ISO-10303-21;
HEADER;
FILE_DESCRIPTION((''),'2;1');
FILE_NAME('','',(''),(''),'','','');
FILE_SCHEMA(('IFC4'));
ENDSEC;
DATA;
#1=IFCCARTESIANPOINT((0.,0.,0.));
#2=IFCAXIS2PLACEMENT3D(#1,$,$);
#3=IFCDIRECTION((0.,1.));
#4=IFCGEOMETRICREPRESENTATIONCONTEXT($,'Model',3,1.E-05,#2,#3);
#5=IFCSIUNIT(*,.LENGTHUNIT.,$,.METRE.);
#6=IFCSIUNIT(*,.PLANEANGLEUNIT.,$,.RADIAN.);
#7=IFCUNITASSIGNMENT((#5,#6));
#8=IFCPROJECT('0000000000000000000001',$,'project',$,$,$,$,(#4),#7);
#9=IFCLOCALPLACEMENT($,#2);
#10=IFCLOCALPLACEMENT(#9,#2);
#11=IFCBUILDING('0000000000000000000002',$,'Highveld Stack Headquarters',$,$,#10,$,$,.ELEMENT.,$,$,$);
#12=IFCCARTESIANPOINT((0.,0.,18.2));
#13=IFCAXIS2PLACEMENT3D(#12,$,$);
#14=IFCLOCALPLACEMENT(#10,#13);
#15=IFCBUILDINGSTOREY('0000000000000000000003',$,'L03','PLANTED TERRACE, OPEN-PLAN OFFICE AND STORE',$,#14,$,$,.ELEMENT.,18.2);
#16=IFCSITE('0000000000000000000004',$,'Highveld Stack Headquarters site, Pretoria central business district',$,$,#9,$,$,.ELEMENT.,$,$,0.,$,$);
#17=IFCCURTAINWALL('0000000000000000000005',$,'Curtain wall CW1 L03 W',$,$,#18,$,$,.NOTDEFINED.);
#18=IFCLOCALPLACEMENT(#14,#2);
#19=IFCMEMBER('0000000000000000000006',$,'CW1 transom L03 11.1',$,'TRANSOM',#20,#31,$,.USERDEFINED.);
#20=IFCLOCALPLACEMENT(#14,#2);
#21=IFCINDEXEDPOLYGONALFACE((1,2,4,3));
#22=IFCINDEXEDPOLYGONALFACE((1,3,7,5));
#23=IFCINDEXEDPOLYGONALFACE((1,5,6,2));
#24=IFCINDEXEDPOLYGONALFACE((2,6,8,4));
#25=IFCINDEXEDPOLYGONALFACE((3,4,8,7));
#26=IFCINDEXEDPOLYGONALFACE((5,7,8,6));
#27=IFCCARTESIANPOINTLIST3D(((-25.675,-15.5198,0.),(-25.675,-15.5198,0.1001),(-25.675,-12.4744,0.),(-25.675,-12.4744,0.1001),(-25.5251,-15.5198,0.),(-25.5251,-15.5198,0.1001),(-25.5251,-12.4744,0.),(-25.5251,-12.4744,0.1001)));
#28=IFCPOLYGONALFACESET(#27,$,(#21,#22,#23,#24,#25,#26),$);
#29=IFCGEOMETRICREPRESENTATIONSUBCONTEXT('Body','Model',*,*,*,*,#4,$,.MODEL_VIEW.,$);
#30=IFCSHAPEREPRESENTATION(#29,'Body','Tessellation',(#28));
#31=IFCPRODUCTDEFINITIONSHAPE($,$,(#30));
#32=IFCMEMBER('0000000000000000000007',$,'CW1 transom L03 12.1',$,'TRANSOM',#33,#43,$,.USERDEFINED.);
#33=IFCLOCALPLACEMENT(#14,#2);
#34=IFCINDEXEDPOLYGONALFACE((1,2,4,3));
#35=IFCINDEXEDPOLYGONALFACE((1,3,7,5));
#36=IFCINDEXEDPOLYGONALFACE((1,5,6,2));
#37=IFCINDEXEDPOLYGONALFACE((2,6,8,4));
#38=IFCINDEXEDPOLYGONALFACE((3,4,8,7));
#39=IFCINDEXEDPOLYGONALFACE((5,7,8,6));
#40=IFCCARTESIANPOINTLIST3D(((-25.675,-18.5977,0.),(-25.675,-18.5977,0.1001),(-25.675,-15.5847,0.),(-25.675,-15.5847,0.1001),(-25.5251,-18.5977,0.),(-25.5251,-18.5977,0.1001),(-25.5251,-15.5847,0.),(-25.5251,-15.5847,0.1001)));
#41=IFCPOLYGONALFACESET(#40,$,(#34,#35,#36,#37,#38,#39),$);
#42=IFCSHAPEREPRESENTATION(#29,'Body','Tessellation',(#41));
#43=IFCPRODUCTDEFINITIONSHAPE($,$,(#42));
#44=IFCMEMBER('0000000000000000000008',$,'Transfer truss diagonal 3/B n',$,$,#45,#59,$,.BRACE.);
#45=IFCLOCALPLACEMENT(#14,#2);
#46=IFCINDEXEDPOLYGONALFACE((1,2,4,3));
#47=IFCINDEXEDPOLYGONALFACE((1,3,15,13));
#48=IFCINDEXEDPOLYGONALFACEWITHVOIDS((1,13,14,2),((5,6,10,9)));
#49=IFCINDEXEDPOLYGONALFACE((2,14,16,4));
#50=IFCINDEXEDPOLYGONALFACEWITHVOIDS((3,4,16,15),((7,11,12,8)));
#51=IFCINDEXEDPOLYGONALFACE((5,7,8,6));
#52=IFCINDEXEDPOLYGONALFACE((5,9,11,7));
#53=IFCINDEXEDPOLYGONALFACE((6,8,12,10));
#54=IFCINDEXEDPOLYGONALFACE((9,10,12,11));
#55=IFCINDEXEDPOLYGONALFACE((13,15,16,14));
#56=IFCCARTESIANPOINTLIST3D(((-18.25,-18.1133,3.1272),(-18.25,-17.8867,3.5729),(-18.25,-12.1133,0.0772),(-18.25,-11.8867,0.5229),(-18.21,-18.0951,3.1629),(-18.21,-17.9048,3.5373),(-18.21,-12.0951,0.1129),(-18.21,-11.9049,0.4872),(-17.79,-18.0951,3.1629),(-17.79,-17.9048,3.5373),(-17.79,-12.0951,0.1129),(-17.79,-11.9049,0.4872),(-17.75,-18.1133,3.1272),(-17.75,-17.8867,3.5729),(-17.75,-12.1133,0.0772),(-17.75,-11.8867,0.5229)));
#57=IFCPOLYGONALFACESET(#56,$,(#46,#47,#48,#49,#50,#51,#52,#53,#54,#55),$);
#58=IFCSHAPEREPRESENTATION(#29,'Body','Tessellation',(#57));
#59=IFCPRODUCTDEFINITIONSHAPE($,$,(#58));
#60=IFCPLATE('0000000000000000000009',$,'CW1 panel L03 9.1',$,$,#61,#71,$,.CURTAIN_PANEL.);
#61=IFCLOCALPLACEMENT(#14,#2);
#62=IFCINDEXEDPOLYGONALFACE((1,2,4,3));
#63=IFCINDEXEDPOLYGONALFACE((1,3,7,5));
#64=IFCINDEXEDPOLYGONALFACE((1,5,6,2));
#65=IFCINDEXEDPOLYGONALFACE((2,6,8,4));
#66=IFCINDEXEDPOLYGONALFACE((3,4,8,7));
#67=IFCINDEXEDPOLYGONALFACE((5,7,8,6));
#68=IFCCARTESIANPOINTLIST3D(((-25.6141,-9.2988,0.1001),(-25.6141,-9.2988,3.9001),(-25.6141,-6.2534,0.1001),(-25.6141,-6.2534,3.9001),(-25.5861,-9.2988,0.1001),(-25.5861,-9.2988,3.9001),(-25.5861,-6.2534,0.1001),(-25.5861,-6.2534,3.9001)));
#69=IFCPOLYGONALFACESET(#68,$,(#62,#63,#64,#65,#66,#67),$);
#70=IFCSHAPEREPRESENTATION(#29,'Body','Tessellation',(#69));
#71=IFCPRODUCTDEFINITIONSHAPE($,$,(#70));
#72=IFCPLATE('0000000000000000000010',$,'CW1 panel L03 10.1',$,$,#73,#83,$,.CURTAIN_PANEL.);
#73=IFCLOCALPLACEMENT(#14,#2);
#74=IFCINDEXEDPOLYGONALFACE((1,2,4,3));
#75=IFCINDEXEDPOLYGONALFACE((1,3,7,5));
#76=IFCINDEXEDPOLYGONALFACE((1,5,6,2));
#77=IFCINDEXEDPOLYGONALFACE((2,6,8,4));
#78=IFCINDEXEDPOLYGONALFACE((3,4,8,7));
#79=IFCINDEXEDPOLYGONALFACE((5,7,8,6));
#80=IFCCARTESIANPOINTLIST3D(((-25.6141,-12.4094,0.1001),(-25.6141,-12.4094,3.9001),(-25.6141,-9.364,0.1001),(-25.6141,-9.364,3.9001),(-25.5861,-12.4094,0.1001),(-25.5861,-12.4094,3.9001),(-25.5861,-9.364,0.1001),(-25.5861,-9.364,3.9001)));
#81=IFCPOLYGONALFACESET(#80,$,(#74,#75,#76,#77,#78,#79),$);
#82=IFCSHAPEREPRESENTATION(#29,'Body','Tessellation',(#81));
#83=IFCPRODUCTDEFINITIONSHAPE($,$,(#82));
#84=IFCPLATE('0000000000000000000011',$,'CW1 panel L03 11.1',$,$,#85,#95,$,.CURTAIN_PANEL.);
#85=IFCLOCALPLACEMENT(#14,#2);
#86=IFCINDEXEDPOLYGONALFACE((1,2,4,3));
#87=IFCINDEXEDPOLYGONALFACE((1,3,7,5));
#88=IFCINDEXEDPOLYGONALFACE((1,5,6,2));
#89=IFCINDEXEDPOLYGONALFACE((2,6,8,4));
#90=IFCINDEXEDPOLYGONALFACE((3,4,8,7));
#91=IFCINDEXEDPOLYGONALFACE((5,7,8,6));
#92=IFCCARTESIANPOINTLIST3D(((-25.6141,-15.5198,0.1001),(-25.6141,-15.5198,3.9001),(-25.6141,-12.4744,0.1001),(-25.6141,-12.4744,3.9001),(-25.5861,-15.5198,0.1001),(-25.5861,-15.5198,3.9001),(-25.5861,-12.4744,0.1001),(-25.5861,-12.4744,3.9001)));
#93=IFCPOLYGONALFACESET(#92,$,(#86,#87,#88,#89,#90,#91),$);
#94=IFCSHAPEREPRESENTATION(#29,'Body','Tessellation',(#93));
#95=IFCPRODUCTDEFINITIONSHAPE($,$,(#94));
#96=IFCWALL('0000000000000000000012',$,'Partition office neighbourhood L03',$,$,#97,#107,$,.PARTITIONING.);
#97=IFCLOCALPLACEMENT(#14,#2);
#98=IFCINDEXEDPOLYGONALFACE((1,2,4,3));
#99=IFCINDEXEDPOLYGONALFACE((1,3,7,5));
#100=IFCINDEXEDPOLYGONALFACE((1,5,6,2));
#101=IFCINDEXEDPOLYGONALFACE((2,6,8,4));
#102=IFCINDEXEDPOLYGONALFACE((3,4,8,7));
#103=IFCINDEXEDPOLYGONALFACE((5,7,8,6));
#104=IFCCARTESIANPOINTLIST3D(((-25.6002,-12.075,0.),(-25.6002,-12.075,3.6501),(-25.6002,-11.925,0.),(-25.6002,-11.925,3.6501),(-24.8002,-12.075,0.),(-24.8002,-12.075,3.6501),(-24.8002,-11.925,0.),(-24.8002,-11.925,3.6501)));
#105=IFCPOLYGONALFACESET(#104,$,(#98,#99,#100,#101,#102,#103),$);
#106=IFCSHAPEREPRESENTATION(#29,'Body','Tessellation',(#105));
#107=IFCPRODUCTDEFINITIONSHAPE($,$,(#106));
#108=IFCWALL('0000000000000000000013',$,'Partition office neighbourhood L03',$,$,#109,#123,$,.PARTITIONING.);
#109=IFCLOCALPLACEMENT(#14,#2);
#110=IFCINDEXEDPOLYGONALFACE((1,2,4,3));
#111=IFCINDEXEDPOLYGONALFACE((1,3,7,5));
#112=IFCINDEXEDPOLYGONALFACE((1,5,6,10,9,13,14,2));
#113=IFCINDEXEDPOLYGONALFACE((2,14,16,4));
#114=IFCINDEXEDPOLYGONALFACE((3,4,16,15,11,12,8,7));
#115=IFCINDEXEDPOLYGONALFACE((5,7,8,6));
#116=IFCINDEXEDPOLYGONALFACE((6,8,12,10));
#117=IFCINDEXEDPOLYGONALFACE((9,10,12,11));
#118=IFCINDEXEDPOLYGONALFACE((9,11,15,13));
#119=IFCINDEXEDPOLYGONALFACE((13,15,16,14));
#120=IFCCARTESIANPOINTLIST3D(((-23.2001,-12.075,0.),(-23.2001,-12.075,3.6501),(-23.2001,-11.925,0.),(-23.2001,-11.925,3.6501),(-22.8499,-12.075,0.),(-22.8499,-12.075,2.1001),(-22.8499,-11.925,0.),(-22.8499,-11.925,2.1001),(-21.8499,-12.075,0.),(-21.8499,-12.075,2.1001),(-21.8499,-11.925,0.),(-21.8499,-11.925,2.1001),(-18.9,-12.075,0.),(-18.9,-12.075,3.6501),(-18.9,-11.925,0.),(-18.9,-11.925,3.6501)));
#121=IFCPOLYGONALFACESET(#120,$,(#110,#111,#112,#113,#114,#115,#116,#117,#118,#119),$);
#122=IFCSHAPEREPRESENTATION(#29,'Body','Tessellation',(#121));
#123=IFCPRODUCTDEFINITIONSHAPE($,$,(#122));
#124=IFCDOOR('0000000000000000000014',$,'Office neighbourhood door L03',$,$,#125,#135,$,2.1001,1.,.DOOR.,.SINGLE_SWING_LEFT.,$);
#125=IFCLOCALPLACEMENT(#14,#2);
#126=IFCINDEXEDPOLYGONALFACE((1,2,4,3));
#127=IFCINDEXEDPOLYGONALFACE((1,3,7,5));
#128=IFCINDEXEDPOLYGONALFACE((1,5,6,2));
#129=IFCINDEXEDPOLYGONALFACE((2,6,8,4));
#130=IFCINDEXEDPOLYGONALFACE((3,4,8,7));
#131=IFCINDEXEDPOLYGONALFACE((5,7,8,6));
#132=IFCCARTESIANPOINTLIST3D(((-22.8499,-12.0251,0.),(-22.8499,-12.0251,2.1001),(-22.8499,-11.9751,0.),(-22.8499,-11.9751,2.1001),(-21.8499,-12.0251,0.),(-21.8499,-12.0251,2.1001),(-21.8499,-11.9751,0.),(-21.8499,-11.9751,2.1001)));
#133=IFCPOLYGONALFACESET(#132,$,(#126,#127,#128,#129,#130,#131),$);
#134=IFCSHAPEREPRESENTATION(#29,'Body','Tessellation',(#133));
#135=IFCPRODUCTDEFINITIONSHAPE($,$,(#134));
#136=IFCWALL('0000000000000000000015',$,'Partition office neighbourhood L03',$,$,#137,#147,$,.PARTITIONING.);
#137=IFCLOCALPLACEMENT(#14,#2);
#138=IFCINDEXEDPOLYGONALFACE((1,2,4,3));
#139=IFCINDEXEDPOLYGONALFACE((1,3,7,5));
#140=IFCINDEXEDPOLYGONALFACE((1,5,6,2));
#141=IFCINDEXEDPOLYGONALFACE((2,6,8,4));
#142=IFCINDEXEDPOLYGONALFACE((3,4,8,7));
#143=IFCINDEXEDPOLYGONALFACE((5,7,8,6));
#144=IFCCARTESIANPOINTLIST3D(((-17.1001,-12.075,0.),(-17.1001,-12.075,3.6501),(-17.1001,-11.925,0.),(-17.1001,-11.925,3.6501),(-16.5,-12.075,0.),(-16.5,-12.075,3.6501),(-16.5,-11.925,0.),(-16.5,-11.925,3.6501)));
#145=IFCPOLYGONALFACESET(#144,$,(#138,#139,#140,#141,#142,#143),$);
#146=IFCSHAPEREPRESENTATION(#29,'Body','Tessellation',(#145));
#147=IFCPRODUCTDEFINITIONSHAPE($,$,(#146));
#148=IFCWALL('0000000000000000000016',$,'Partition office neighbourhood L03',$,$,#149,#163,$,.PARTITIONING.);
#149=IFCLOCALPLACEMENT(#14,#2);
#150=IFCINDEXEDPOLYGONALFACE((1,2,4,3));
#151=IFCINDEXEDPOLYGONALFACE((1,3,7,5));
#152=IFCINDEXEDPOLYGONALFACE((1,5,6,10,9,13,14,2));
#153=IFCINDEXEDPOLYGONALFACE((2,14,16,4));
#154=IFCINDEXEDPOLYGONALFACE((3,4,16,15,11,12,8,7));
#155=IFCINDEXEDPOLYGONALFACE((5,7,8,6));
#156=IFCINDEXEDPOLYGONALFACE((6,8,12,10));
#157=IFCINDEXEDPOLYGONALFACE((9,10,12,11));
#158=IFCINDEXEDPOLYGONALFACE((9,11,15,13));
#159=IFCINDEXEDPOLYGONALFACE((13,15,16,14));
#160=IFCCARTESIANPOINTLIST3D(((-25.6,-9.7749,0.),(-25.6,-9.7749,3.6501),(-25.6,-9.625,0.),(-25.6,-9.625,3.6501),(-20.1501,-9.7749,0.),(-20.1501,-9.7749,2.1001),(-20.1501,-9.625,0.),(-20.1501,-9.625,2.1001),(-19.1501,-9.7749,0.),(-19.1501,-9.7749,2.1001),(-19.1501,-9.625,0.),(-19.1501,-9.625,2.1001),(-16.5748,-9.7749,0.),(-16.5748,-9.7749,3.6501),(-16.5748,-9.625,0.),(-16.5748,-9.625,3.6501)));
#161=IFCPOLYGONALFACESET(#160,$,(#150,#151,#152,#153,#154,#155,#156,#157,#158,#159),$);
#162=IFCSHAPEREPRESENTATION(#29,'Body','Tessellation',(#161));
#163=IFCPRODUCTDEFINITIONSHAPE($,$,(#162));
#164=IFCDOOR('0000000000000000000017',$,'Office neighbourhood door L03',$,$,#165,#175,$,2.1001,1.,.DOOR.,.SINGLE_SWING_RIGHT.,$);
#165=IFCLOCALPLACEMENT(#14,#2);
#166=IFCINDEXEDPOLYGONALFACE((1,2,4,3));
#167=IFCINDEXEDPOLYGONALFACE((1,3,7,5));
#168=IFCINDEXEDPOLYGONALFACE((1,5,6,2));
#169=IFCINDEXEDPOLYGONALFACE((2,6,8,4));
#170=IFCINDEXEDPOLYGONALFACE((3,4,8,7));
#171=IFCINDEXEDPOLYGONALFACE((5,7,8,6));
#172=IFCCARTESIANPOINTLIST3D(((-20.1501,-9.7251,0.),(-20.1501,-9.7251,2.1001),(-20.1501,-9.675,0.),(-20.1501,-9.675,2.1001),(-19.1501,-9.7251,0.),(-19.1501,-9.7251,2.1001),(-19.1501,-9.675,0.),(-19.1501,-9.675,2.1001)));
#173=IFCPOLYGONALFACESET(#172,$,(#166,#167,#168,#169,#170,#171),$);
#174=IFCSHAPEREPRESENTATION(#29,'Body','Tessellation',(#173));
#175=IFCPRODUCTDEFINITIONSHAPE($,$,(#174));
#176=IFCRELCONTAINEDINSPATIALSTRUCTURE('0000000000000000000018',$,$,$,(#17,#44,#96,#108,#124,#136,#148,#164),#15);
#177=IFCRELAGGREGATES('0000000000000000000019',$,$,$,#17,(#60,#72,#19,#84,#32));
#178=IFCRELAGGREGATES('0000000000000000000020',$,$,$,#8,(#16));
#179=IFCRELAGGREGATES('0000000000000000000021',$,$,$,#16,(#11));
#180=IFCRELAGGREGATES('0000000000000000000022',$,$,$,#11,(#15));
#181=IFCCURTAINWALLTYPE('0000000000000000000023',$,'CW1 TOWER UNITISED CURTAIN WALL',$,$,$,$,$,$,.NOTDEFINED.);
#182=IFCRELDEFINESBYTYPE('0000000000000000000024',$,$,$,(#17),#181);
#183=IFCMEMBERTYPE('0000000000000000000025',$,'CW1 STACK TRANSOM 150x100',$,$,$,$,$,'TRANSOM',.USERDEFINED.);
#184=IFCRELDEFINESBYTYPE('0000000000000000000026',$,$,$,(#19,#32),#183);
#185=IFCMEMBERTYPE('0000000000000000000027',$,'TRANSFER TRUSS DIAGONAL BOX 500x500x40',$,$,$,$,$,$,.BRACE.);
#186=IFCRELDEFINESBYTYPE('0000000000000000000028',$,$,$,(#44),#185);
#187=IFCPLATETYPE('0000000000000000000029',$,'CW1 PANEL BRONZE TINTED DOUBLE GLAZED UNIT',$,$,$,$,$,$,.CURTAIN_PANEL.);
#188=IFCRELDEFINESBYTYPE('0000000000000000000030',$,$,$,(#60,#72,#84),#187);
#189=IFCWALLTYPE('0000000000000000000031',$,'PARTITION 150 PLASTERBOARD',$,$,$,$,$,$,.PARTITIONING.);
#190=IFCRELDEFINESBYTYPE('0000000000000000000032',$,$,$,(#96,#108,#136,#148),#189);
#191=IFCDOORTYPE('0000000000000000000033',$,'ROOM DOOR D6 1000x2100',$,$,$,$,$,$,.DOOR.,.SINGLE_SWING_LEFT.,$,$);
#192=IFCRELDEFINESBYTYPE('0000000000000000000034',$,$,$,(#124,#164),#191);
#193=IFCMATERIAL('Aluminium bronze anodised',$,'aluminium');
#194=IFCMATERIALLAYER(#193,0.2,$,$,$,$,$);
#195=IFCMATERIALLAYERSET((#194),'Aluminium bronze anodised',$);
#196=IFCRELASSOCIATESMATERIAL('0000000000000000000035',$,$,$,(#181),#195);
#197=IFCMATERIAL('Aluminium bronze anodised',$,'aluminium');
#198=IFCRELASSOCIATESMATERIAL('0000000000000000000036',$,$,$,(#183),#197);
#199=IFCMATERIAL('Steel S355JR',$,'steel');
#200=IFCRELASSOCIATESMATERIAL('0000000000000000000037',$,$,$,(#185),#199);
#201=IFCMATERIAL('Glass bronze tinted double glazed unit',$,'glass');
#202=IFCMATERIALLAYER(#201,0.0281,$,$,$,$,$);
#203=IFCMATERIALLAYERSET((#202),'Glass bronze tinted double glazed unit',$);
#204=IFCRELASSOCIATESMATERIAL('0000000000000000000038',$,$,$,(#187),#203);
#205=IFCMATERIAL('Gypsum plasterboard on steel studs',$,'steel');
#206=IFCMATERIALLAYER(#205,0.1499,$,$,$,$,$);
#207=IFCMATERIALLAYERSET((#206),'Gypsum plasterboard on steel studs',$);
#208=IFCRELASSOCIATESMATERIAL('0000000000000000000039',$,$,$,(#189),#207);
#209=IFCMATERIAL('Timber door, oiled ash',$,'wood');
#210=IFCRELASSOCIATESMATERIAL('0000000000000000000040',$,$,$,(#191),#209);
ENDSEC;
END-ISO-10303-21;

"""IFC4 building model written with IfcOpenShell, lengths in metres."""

from ifc_helpers import new_model, si_unit, direction, frame, frame_2d, origin, origin_2d, place, context, subcontext, project, spatial, rectangle, hollow_rectangle, extrude, material, layer, layer_set, material_profile, profile_set, type_object, element, fill, aggregate, save


model = new_model("IFC4")

# Units and contexts
model_context = context("Model", 3, precision=1e-05, world=origin(), true_north=direction((0.0, 1.0)))
body_context = subcontext(model_context, "Body", "Model", "MODEL_VIEW")
ifc_project = project(units=[si_unit("LENGTHUNIT", "METRE"), si_unit("PLANEANGLEUNIT", "RADIAN")], contexts=[model_context])

# Site, building, storey
site_placement = place(None, origin())
site = spatial("IfcSite", under=ifc_project, at=site_placement, Name="Highveld Stack Headquarters site, Pretoria central business district", CompositionType="ELEMENT", RefElevation=0.0)
building_placement = place(site_placement, origin())
building = spatial("IfcBuilding", under=site, at=building_placement, Name="Highveld Stack Headquarters", CompositionType="ELEMENT")
storey_placement = place(building_placement, frame((0.0, 0.0, 18.2)))
storey = spatial("IfcBuildingStorey", under=building, at=storey_placement, Name="L03", Description="PLANTED TERRACE, OPEN-PLAN OFFICE AND STORE", CompositionType="ELEMENT", Elevation=18.2)

# Curtain wall, members
ifc_material_1 = material(Name="Aluminium bronze anodised", Category="aluminium")
ifc_layer_1 = layer(ifc_material_1, 0.2)
ifc_layer_set_1 = layer_set([ifc_layer_1], Name="Aluminium bronze anodised")
curtain_wall_type = type_object("IfcCurtainWallType", Name="CW1 TOWER UNITISED CURTAIN WALL", PredefinedType="NOTDEFINED", material=ifc_layer_set_1)
curtain_wall_placement = place(storey_placement, origin())
curtain_wall = element("IfcCurtainWall", 1, at=curtain_wall_placement, inside=storey, type_object=curtain_wall_type, Name="Curtain wall CW1 L03 W", PredefinedType="NOTDEFINED")
ifc_material_2 = material(Name="Aluminium bronze anodised", Category="aluminium")
ifc_material_profile_1 = material_profile(ifc_material_2, rectangle(XDim=0.1499, YDim=0.1001, at=origin_2d()), Name="CW1 TRANSOM 150x100")
ifc_profile_set_1 = profile_set([ifc_material_profile_1], Name="Aluminium bronze anodised")
member_type_1 = type_object("IfcMemberType", Name="CW1 STACK TRANSOM 150x100", ElementType="TRANSOM", PredefinedType="USERDEFINED", material=ifc_profile_set_1)
member_1_placement = place(storey_placement, frame((-25.6001, -12.4744, 0.05), z_axis=(0.0, -1.0, 0.0), x_axis=(1.0, 0.0, 0.0)))
member_1 = element("IfcMember", 2, at=member_1_placement, type_object=member_type_1, Name="CW1 transom L03 11.1", ObjectType="TRANSOM", PredefinedType="USERDEFINED", context=body_context, shape_type="SweptSolid", body=[
    extrude(rectangle(XDim=0.1499, YDim=0.1001, at=origin_2d()), origin(), (0.0, 0.0, 1.0), 3.0454),
])
member_2_placement = place(storey_placement, frame((-25.6001, -15.5847, 0.05), z_axis=(0.0, -1.0, 0.0), x_axis=(1.0, 0.0, 0.0)))
member_2 = element("IfcMember", 3, at=member_2_placement, type_object=member_type_1, Name="CW1 transom L03 12.1", ObjectType="TRANSOM", PredefinedType="USERDEFINED", context=body_context, shape_type="SweptSolid", body=[
    extrude(rectangle(XDim=0.1499, YDim=0.1001, at=origin_2d()), origin(), (0.0, 0.0, 1.0), 3.0129),
])

# Member
ifc_material_3 = material(Name="Steel S355JR", Category="steel")
ifc_material_profile_2 = material_profile(ifc_material_3, hollow_rectangle(XDim=0.5, YDim=0.5, WallThickness=0.04, at=origin_2d()), Name="BOX 500x500x40")
ifc_profile_set_2 = profile_set([ifc_material_profile_2], Name="Steel S355JR")
member_type_2 = type_object("IfcMemberType", Name="TRANSFER TRUSS DIAGONAL BOX 500x500x40", PredefinedType="BRACE", material=ifc_profile_set_2)
member_3_placement = place(storey_placement, frame((-18.0, -12.0, 0.3), z_axis=(0.0, -0.891433, 0.453152), x_axis=(1.0, 0.0, 0.0)))
element("IfcMember", 4, at=member_3_placement, inside=storey, type_object=member_type_2, Name="Transfer truss diagonal 3/B n", PredefinedType="BRACE", context=body_context, shape_type="SweptSolid", body=[
    extrude(hollow_rectangle(XDim=0.5, YDim=0.5, WallThickness=0.04, at=origin_2d()), origin(), (0.0, 0.0, 1.0), 6.7307),
])

# Plates
ifc_material_4 = material(Name="Glass bronze tinted double glazed unit", Category="glass")
ifc_layer_2 = layer(ifc_material_4, 0.0281)
ifc_layer_set_2 = layer_set([ifc_layer_2], Name="Glass bronze tinted double glazed unit")
plate_type = type_object("IfcPlateType", Name="CW1 PANEL BRONZE TINTED DOUBLE GLAZED UNIT", PredefinedType="CURTAIN_PANEL", material=ifc_layer_set_2)
plate_1_placement = place(storey_placement, frame((-25.6001, -7.7761, 0.1001), z_axis=(0.0, 0.0, 1.0), x_axis=(0.0, -1.0, 0.0)))
plate_1 = element("IfcPlate", 5, at=plate_1_placement, type_object=plate_type, Name="CW1 panel L03 9.1", PredefinedType="CURTAIN_PANEL", context=body_context, shape_type="SweptSolid", body=[
    extrude(rectangle(XDim=3.0454, YDim=0.0281, at=origin_2d()), origin(), (0.0, 0.0, 1.0), 3.8),
])
plate_2_placement = place(storey_placement, frame((-25.6001, -10.8867, 0.1001), z_axis=(0.0, 0.0, 1.0), x_axis=(0.0, -1.0, 0.0)))
plate_2 = element("IfcPlate", 6, at=plate_2_placement, type_object=plate_type, Name="CW1 panel L03 10.1", PredefinedType="CURTAIN_PANEL", context=body_context, shape_type="SweptSolid", body=[
    extrude(rectangle(XDim=3.0454, YDim=0.0281, at=origin_2d()), origin(), (0.0, 0.0, 1.0), 3.8),
])
plate_3_placement = place(storey_placement, frame((-25.6001, -13.9971, 0.1001), z_axis=(0.0, 0.0, 1.0), x_axis=(0.0, -1.0, 0.0)))
plate_3 = element("IfcPlate", 7, at=plate_3_placement, type_object=plate_type, Name="CW1 panel L03 11.1", PredefinedType="CURTAIN_PANEL", context=body_context, shape_type="SweptSolid", body=[
    extrude(rectangle(XDim=3.0454, YDim=0.0281, at=origin_2d()), origin(), (0.0, 0.0, 1.0), 3.8),
])
aggregate(curtain_wall, [plate_1, plate_2, member_1, plate_3, member_2])

# Wall
ifc_material_5 = material(Name="Gypsum plasterboard on steel studs", Category="steel")
ifc_layer_3 = layer(ifc_material_5, 0.1499)
ifc_layer_set_3 = layer_set([ifc_layer_3], Name="Gypsum plasterboard on steel studs")
wall_type_1 = type_object("IfcWallType", Name="PARTITION 150 PLASTERBOARD", PredefinedType="PARTITIONING", material=ifc_layer_set_3)
wall_1_placement = place(storey_placement, frame((-25.6001, -12.0, 0.0), z_axis=(0.0, 0.0, 1.0), x_axis=(1.0, 0.0, 0.0)))
element("IfcWall", 8, at=wall_1_placement, inside=storey, type_object=wall_type_1, Name="Partition office neighbourhood L03", PredefinedType="PARTITIONING", context=body_context, shape_type="SweptSolid", body=[
    extrude(rectangle(XDim=0.8, YDim=0.1499, at=frame_2d((0.3999, 0.0))), origin(), (0.0, 0.0, 1.0), 3.6501),
])

# Wall, opening, door
wall_2_placement = place(storey_placement, frame((-23.2, -12.0, 0.0), z_axis=(0.0, 0.0, 1.0), x_axis=(1.0, 0.0, 0.0)))
wall_2 = element("IfcWall", 9, at=wall_2_placement, inside=storey, type_object=wall_type_1, Name="Partition office neighbourhood L03", PredefinedType="PARTITIONING", context=body_context, shape_type="SweptSolid", body=[
    extrude(rectangle(XDim=4.3, YDim=0.1499, at=frame_2d((2.1499, 0.0))), origin(), (0.0, 0.0, 1.0), 3.6501),
])
opening_1_placement = place(wall_2_placement, frame((0.3501, 0.0, 0.0)))
opening_1 = element("IfcOpeningElement", 10, at=opening_1_placement, cuts=wall_2, PredefinedType="OPENING", context=body_context, shape_type="SweptSolid", body=[
    extrude(rectangle(XDim=1.0, YDim=2.1001, at=frame_2d((0.5, 1.05))), frame((0.0, 0.085, 0.0), z_axis=(0.0, -1.0, 0.0), x_axis=(1.0, 0.0, 0.0)), (0.0, 0.0, 1.0), 0.1699),
])
ifc_material_6 = material(Name="Timber door, oiled ash", Category="wood")
door_type = type_object("IfcDoorType", Name="ROOM DOOR D6 1000x2100", OperationType="SINGLE_SWING_LEFT", PredefinedType="DOOR", material=ifc_material_6)
door_1_placement = place(opening_1_placement, origin())
door_1 = element("IfcDoor", 11, at=door_1_placement, inside=storey, type_object=door_type, Name="Office neighbourhood door L03", OperationType="SINGLE_SWING_LEFT", OverallHeight=2.1001, OverallWidth=1.0, PredefinedType="DOOR", context=body_context, shape_type="SweptSolid", body=[
    extrude(rectangle(XDim=1.0, YDim=2.1001, at=frame_2d((0.5, 1.05))), frame((0.0, 0.0249, 0.0), z_axis=(0.0, -1.0, 0.0), x_axis=(1.0, 0.0, 0.0)), (0.0, 0.0, 1.0), 0.05),
])
fill(opening_1, door_1)

# Wall
wall_3_placement = place(storey_placement, frame((-17.1001, -12.0, 0.0), z_axis=(0.0, 0.0, 1.0), x_axis=(1.0, 0.0, 0.0)))
element("IfcWall", 12, at=wall_3_placement, inside=storey, type_object=wall_type_1, Name="Partition office neighbourhood L03", PredefinedType="PARTITIONING", context=body_context, shape_type="SweptSolid", body=[
    extrude(rectangle(XDim=0.6001, YDim=0.1499, at=frame_2d((0.3, 0.0))), origin(), (0.0, 0.0, 1.0), 3.6501),
])

# Wall, opening, door
wall_4_placement = place(storey_placement, frame((-25.6001, -9.7, 0.0), z_axis=(0.0, 0.0, 1.0), x_axis=(1.0, 0.0, 0.0)))
wall_4 = element("IfcWall", 13, at=wall_4_placement, inside=storey, type_object=wall_type_1, Name="Partition office neighbourhood L03", PredefinedType="PARTITIONING", context=body_context, shape_type="SweptSolid", body=[
    extrude(rectangle(XDim=9.0251, YDim=0.1499, at=frame_2d((4.5127, 0.0))), origin(), (0.0, 0.0, 1.0), 3.6501),
])
opening_2_placement = place(wall_4_placement, frame((5.45, 0.0, 0.0)))
opening_2 = element("IfcOpeningElement", 14, at=opening_2_placement, cuts=wall_4, PredefinedType="OPENING", context=body_context, shape_type="SweptSolid", body=[
    extrude(rectangle(XDim=1.0, YDim=2.1001, at=frame_2d((0.5, 1.05))), frame((0.0, 0.085, 0.0), z_axis=(0.0, -1.0, 0.0), x_axis=(1.0, 0.0, 0.0)), (0.0, 0.0, 1.0), 0.1699),
])
door_2_placement = place(opening_2_placement, origin())
door_2 = element("IfcDoor", 15, at=door_2_placement, inside=storey, type_object=door_type, Name="Office neighbourhood door L03", OperationType="SINGLE_SWING_RIGHT", OverallHeight=2.1001, OverallWidth=1.0, PredefinedType="DOOR", context=body_context, shape_type="SweptSolid", body=[
    extrude(rectangle(XDim=1.0, YDim=2.1001, at=frame_2d((0.5, 1.05))), frame((0.0, 0.0249, 0.0), z_axis=(0.0, -1.0, 0.0), x_axis=(1.0, 0.0, 0.0)), (0.0, 0.0, 1.0), 0.05),
])
fill(opening_2, door_2)

save(model, "model.ifc")
